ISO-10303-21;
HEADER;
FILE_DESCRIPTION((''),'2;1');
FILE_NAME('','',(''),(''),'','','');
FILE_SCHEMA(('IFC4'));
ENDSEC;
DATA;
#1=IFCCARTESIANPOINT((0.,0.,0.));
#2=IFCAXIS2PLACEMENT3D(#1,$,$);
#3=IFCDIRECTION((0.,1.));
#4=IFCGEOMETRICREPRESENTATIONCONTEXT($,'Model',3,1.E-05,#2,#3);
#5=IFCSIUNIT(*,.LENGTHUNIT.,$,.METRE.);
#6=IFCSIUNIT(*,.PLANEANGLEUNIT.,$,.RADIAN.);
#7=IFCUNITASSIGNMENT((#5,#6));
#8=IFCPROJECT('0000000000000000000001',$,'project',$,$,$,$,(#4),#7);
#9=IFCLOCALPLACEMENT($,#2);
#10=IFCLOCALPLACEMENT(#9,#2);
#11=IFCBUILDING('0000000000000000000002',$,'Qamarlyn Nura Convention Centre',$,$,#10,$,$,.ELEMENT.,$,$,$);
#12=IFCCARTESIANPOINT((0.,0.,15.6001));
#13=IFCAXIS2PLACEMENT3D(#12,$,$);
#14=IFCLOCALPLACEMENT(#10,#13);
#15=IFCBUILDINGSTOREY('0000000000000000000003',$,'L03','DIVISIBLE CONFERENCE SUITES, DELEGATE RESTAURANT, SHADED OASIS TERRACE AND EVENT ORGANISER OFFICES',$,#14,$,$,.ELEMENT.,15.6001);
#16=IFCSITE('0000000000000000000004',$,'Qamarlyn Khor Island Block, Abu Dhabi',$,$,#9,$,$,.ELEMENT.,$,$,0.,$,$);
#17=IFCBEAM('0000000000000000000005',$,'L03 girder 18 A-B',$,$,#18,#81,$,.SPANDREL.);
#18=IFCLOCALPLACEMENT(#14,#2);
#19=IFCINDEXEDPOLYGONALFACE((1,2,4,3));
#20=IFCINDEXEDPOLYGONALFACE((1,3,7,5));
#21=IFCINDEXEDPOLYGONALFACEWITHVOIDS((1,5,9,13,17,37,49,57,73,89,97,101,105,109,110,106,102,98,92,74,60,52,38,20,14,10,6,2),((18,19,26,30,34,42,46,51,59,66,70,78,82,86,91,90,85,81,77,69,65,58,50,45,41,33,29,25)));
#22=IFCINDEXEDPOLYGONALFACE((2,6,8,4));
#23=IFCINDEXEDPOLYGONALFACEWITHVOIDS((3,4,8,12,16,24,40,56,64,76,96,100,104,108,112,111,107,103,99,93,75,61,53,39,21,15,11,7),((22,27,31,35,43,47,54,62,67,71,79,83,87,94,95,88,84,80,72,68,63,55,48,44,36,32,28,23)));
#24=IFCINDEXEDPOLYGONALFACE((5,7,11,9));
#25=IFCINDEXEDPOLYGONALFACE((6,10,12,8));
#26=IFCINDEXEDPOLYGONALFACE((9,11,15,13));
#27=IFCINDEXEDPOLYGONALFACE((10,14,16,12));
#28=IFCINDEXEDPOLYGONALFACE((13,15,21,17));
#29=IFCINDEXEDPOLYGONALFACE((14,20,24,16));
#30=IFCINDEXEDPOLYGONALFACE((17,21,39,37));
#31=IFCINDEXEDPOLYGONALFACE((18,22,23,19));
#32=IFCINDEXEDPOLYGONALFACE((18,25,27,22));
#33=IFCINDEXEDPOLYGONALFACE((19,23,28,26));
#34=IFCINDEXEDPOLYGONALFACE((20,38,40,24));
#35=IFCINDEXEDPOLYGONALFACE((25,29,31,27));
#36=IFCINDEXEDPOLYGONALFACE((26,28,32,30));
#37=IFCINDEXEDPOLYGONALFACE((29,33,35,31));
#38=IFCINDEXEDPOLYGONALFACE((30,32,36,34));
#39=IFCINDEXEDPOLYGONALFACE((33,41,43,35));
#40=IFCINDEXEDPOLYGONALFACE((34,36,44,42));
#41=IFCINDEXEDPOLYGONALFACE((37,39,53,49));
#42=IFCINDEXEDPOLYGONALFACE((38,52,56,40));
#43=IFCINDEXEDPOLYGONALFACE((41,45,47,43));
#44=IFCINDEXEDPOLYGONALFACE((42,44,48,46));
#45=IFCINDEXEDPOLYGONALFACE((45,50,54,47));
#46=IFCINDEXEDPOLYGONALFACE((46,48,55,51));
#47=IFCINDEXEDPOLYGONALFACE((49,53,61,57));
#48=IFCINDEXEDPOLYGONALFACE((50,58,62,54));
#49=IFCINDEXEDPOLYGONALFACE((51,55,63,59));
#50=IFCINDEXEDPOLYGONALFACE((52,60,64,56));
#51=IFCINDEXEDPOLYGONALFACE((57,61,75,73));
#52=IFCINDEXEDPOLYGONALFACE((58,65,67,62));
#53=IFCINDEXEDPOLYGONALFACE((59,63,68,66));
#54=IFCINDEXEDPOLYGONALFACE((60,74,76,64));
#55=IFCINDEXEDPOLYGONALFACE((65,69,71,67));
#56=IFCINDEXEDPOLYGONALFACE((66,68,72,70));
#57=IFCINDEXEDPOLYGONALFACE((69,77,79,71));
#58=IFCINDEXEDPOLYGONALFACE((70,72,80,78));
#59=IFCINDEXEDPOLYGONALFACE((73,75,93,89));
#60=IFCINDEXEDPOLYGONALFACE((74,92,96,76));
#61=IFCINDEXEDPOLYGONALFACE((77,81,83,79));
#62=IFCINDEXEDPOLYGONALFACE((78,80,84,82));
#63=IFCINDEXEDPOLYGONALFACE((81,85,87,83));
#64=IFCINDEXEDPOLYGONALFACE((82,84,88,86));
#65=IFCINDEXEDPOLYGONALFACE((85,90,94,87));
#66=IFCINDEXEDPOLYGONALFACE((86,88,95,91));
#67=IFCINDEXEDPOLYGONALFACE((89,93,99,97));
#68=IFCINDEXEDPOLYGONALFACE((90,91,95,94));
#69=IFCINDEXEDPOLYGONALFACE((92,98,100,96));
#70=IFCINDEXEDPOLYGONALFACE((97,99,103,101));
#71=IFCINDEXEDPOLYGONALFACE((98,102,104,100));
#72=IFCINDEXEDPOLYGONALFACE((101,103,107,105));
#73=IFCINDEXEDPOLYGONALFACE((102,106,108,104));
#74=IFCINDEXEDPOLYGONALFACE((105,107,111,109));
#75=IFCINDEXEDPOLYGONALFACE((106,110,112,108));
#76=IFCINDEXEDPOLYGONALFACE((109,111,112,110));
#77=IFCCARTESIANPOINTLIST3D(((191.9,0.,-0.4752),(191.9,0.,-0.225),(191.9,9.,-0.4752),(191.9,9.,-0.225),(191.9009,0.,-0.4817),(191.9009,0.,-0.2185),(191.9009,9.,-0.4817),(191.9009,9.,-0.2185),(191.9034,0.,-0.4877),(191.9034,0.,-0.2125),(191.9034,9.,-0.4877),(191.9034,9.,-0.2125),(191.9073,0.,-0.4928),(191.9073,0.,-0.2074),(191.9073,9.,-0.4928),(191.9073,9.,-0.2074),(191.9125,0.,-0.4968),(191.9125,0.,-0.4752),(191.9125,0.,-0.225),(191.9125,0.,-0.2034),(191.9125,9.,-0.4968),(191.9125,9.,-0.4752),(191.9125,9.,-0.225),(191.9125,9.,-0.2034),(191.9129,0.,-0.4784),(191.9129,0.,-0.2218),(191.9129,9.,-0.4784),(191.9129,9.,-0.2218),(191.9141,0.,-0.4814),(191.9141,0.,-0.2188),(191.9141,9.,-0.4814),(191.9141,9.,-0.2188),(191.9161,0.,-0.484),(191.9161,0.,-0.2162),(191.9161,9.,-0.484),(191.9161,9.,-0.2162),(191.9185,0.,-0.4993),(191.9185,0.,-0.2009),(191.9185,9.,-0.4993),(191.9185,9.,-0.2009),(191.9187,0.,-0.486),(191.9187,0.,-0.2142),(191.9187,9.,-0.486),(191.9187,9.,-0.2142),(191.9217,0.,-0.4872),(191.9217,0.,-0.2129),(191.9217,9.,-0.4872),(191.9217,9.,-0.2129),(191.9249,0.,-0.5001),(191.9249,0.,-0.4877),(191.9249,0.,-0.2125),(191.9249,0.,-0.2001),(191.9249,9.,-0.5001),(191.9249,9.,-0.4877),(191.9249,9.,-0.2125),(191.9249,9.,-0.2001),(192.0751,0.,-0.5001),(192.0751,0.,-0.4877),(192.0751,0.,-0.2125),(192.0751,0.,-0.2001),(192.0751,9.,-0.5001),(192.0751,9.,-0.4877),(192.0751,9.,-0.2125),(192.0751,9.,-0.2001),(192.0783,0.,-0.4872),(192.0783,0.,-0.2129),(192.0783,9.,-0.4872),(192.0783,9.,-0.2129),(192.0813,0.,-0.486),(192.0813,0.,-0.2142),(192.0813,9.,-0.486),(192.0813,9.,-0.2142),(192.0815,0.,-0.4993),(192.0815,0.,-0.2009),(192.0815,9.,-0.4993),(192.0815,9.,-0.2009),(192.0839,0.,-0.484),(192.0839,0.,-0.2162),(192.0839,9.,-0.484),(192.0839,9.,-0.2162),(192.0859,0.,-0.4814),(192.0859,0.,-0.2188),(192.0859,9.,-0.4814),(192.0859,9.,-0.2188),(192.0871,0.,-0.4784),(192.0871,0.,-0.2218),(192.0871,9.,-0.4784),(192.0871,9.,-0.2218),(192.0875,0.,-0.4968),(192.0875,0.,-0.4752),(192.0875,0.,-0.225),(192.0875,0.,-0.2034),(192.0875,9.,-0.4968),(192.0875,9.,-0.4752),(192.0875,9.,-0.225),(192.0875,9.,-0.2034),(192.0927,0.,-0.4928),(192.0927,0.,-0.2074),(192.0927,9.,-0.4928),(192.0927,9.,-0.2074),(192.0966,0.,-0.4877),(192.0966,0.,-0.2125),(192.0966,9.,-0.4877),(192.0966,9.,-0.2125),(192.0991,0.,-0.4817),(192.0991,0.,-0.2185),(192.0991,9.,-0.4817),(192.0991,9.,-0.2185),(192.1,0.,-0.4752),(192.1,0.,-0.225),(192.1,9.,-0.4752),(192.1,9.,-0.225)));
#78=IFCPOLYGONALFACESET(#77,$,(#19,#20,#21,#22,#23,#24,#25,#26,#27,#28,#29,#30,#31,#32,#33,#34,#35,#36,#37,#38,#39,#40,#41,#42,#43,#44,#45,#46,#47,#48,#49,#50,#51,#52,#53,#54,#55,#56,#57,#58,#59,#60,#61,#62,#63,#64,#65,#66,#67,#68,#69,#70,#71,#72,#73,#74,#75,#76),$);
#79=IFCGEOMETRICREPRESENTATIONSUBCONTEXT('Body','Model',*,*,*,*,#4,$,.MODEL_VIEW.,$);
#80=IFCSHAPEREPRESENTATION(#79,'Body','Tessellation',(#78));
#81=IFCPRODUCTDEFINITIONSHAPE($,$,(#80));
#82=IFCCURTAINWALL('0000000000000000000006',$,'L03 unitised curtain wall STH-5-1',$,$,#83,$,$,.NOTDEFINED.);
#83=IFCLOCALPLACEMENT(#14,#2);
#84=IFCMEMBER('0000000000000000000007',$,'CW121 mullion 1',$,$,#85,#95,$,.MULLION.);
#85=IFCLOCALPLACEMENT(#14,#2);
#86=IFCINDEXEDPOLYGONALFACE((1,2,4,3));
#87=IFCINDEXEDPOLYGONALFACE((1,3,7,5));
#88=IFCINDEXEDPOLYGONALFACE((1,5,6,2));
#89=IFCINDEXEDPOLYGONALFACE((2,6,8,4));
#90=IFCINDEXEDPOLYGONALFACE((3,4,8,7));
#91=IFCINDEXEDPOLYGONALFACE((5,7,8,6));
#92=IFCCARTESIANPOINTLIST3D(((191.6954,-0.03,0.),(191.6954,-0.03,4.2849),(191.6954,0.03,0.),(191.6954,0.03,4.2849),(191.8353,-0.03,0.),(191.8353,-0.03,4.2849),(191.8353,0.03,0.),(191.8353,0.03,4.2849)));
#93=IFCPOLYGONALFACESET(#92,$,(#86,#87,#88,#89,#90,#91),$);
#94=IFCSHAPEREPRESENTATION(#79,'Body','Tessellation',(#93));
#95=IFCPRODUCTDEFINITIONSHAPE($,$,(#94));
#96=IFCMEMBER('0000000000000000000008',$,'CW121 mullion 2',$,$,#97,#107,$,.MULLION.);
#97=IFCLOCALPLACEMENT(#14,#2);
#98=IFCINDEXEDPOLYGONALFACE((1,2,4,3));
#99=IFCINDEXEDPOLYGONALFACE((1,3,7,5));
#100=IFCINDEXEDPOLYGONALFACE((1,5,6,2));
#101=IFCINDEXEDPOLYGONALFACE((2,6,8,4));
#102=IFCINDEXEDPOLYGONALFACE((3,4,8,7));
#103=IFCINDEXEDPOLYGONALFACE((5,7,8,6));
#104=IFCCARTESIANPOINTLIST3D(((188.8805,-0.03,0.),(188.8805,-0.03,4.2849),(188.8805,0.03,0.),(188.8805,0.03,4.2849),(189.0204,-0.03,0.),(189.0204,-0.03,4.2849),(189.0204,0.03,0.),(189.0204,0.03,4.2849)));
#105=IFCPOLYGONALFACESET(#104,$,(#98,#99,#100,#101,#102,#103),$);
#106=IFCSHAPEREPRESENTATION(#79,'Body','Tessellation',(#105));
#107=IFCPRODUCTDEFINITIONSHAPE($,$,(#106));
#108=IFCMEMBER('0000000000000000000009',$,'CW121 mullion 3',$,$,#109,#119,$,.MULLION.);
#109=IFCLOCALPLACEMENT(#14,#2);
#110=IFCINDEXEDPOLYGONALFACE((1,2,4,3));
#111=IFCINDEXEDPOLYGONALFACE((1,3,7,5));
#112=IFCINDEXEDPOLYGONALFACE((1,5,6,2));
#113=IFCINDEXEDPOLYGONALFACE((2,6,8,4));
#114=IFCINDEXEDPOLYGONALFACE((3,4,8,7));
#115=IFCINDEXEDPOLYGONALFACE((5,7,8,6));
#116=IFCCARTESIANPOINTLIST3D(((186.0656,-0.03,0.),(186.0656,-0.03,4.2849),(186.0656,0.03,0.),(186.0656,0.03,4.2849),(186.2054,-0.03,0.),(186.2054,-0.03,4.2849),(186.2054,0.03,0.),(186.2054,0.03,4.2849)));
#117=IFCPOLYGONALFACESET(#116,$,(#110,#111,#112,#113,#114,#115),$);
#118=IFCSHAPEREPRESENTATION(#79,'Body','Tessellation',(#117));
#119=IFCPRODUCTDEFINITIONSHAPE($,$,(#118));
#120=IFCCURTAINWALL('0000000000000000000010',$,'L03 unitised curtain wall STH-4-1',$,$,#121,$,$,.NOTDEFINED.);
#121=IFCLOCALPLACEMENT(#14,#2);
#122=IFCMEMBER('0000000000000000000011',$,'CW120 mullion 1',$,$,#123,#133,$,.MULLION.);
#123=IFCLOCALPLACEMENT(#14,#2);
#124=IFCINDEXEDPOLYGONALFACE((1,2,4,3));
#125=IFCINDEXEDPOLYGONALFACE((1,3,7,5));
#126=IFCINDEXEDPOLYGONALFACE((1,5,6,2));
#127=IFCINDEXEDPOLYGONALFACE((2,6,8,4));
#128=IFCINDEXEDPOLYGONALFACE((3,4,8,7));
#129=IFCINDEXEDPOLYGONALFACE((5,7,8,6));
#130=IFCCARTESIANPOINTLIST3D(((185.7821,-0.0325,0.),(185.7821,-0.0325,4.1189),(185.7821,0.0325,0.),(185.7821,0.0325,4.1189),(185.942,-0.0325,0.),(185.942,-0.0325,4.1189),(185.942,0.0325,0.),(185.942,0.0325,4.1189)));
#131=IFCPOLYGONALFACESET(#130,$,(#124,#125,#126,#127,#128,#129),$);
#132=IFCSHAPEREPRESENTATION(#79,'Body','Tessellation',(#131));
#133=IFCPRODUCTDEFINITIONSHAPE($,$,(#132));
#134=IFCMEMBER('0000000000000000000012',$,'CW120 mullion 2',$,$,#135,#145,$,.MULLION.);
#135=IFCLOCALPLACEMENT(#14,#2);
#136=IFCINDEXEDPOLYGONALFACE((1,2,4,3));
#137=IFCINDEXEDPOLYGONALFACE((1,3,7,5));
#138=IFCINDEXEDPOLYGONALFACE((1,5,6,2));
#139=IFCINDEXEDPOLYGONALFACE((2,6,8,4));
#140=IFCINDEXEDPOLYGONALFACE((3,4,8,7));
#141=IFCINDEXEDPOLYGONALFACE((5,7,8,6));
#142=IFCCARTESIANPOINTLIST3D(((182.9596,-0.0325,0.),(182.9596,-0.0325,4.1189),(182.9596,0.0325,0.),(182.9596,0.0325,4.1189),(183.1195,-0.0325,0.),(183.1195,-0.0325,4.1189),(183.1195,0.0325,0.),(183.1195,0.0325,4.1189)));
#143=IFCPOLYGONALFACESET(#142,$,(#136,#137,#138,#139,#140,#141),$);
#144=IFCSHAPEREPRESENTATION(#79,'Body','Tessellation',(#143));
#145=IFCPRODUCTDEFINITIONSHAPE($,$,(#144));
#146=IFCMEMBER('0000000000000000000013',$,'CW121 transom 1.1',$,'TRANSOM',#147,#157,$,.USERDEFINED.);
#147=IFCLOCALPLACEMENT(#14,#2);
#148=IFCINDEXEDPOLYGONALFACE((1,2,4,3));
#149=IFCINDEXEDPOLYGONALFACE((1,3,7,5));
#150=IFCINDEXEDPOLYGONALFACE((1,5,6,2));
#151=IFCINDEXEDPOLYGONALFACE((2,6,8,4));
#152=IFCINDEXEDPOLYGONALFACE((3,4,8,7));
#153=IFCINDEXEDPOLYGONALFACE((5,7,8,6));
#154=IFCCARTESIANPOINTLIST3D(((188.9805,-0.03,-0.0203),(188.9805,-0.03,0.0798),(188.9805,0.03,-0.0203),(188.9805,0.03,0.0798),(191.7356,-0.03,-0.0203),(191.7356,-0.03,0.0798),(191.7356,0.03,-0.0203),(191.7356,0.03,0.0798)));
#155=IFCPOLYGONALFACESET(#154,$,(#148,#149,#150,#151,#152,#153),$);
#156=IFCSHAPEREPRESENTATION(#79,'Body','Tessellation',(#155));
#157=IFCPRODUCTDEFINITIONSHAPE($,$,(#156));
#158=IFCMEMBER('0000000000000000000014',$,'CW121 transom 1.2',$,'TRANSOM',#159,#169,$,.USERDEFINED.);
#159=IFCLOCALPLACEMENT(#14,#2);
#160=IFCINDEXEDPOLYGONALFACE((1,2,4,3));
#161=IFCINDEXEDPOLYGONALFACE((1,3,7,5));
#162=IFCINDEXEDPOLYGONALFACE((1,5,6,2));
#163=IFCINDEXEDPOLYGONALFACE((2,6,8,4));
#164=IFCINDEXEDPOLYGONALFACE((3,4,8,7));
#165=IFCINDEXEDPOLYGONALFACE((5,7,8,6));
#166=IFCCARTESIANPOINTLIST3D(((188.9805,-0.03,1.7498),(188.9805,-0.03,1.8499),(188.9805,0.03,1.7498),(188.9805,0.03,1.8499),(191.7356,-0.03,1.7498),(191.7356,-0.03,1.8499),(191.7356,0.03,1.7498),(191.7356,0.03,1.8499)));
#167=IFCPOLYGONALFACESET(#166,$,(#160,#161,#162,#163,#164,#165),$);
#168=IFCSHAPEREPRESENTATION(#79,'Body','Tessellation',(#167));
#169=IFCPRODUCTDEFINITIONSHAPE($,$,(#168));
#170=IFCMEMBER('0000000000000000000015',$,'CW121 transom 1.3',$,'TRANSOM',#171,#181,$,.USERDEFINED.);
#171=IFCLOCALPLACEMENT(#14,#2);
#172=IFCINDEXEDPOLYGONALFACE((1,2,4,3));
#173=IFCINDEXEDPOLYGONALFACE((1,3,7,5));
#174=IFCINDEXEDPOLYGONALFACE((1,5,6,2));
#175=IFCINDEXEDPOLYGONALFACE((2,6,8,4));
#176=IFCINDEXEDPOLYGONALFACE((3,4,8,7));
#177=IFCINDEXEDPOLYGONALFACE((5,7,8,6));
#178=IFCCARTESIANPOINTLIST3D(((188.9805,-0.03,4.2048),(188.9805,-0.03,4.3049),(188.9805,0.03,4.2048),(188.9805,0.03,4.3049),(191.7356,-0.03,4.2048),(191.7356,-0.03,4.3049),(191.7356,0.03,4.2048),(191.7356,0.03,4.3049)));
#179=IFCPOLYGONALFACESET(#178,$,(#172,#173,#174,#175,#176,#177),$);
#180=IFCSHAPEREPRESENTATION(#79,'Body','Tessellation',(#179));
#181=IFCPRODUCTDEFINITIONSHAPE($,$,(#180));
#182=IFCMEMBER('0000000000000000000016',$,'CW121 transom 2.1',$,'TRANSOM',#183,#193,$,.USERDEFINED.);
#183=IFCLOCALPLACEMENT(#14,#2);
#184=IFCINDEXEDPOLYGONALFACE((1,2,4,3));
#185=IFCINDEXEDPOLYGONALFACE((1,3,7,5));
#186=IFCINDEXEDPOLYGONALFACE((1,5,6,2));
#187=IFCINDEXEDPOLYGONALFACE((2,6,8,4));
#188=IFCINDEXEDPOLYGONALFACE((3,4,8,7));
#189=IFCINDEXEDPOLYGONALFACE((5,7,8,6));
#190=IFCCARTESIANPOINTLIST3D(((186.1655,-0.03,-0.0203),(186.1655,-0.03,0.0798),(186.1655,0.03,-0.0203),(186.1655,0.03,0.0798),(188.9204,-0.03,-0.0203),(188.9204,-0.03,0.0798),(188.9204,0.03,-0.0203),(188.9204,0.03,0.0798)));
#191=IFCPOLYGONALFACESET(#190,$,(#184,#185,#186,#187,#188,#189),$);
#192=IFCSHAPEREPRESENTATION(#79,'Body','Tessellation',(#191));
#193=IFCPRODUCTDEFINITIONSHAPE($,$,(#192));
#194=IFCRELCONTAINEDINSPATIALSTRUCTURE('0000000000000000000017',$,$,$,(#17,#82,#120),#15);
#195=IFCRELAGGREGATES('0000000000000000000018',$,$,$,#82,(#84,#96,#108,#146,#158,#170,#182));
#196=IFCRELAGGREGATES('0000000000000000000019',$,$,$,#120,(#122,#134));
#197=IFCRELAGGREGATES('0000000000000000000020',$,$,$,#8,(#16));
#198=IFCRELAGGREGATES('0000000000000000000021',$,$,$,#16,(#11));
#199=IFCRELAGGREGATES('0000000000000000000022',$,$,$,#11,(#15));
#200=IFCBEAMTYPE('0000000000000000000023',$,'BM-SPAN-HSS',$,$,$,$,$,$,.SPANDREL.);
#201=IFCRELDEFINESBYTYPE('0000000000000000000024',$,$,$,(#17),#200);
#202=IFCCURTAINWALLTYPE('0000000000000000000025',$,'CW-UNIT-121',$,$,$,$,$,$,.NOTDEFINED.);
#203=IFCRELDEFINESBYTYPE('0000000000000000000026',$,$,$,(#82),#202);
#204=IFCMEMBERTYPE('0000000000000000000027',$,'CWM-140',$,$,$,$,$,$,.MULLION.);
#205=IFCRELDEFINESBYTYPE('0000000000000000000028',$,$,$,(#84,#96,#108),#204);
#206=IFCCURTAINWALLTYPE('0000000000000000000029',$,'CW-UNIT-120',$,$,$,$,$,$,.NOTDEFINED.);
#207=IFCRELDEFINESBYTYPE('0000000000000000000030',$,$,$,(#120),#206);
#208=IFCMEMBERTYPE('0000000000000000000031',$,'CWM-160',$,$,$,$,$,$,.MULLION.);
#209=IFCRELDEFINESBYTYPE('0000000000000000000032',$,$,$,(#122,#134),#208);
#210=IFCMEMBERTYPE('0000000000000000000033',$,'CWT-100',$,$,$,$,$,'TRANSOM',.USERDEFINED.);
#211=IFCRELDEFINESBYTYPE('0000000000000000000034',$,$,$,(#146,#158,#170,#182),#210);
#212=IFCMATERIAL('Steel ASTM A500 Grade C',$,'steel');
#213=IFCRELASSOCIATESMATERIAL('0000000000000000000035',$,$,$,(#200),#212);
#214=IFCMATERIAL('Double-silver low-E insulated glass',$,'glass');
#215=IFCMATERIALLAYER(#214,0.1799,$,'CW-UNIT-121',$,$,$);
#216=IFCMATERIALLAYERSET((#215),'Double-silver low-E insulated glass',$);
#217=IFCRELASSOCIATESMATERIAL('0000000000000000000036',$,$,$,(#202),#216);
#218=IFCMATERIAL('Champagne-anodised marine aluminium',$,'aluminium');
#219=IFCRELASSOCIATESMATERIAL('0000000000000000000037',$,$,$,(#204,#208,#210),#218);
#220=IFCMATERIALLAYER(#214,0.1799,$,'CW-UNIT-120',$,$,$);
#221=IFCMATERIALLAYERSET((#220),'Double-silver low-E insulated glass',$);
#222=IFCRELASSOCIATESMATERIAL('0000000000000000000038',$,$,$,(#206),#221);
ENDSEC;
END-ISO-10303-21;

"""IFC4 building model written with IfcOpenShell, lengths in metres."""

from ifc_helpers import new_model, si_unit, direction, frame, origin, origin_2d, place, context, subcontext, project, spatial, rectangle, hollow_rectangle, extrude, material, layer, layer_set, material_profile, profile_set, type_object, element, aggregate, save


model = new_model("IFC4")

# Units and contexts
model_context = context("Model", 3, precision=1e-05, world=origin(), true_north=direction((0.0, 1.0)))
body_context = subcontext(model_context, "Body", "Model", "MODEL_VIEW")
ifc_project = project(units=[si_unit("LENGTHUNIT", "METRE"), si_unit("PLANEANGLEUNIT", "RADIAN")], contexts=[model_context])

# Site, building, storey
site_placement = place(None, origin())
site = spatial("IfcSite", under=ifc_project, at=site_placement, Name="Qamarlyn Khor Island Block, Abu Dhabi", CompositionType="ELEMENT", RefElevation=0.0)
building_placement = place(site_placement, origin())
building = spatial("IfcBuilding", under=site, at=building_placement, Name="Qamarlyn Nura Convention Centre", CompositionType="ELEMENT")
storey_placement = place(building_placement, frame((0.0, 0.0, 15.6001)))
storey = spatial("IfcBuildingStorey", under=building, at=storey_placement, Name="L03", Description="DIVISIBLE CONFERENCE SUITES, DELEGATE RESTAURANT, SHADED OASIS TERRACE AND EVENT ORGANISER OFFICES", CompositionType="ELEMENT", Elevation=15.6001)

# Beam
ifc_material_1 = material(Name="Steel ASTM A500 Grade C", Category="steel")
ifc_material_profile_1 = material_profile(ifc_material_1, hollow_rectangle(XDim=0.2, YDim=0.3, WallThickness=0.0125, InnerFilletRadius=0.0125, OuterFilletRadius=0.0249, at=origin_2d()), Name="HSS300X200X12.5")
ifc_profile_set_1 = profile_set([ifc_material_profile_1], Name="Steel ASTM A500 Grade C")
beam_type_1 = type_object("IfcBeamType", Name="BM-SPAN-HSS", PredefinedType="SPANDREL", material=ifc_profile_set_1)
beam_1_placement = place(storey_placement, frame((192.0, 0.0, -0.3501), z_axis=(0.0, 1.0, 0.0), x_axis=(-1.0, 0.0, 0.0)))
element("IfcBeam", 1, at=beam_1_placement, inside=storey, type_object=beam_type_1, Name="L03 girder 18 A-B", PredefinedType="SPANDREL", context=body_context, shape_type="SweptSolid", body=[
    extrude(hollow_rectangle(XDim=0.2, YDim=0.3, WallThickness=0.0125, InnerFilletRadius=0.0125, OuterFilletRadius=0.0249, at=origin_2d()), origin(), (0.0, 0.0, 1.0), 9.0),
])

# Curtain walls, members
ifc_material_2 = material(Name="Double-silver low-E insulated glass", Category="glass")
ifc_layer_1 = layer(ifc_material_2, 0.1799, Name="CW-UNIT-121")
ifc_layer_set_1 = layer_set([ifc_layer_1], Name="Double-silver low-E insulated glass")
curtain_wall_type_1 = type_object("IfcCurtainWallType", Name="CW-UNIT-121", PredefinedType="NOTDEFINED", material=ifc_layer_set_1)
curtain_wall_1_placement = place(storey_placement, origin())
curtain_wall_1 = element("IfcCurtainWall", 2, at=curtain_wall_1_placement, inside=storey, type_object=curtain_wall_type_1, Name="L03 unitised curtain wall STH-5-1", PredefinedType="NOTDEFINED")
ifc_material_3 = material(Name="Champagne-anodised marine aluminium", Category="aluminium")
ifc_material_profile_2 = material_profile(ifc_material_3, rectangle(XDim=0.0601, YDim=0.1399, at=origin_2d()), Name="ALU MULLION 60x140")
ifc_profile_set_2 = profile_set([ifc_material_profile_2], Name="Champagne-anodised marine aluminium")
member_type_1 = type_object("IfcMemberType", Name="CWM-140", PredefinedType="MULLION", material=ifc_profile_set_2)
member_1_placement = place(storey_placement, frame((191.7654, 0.0, 0.0), z_axis=(0.0, 0.0, 1.0), x_axis=(0.0, -1.0, 0.0)))
member_1 = element("IfcMember", 3, at=member_1_placement, type_object=member_type_1, Name="CW121 mullion 1", PredefinedType="MULLION", context=body_context, shape_type="SweptSolid", body=[
    extrude(rectangle(XDim=0.0601, YDim=0.1399, at=origin_2d()), origin(), (0.0, 0.0, 1.0), 4.2849),
])
member_2_placement = place(storey_placement, frame((188.9504, 0.0, 0.0), z_axis=(0.0, 0.0, 1.0), x_axis=(0.0, -1.0, 0.0)))
member_2 = element("IfcMember", 4, at=member_2_placement, type_object=member_type_1, Name="CW121 mullion 2", PredefinedType="MULLION", context=body_context, shape_type="SweptSolid", body=[
    extrude(rectangle(XDim=0.0601, YDim=0.1399, at=origin_2d()), origin(), (0.0, 0.0, 1.0), 4.2849),
])
member_3_placement = place(storey_placement, frame((186.1355, 0.0, 0.0), z_axis=(0.0, 0.0, 1.0), x_axis=(0.0, -1.0, 0.0)))
member_3 = element("IfcMember", 5, at=member_3_placement, type_object=member_type_1, Name="CW121 mullion 3", PredefinedType="MULLION", context=body_context, shape_type="SweptSolid", body=[
    extrude(rectangle(XDim=0.0601, YDim=0.1399, at=origin_2d()), origin(), (0.0, 0.0, 1.0), 4.2849),
])
ifc_layer_2 = layer(ifc_material_2, 0.1799, Name="CW-UNIT-120")
ifc_layer_set_2 = layer_set([ifc_layer_2], Name="Double-silver low-E insulated glass")
curtain_wall_type_2 = type_object("IfcCurtainWallType", Name="CW-UNIT-120", PredefinedType="NOTDEFINED", material=ifc_layer_set_2)
curtain_wall_2_placement = place(storey_placement, origin())
curtain_wall_2 = element("IfcCurtainWall", 6, at=curtain_wall_2_placement, inside=storey, type_object=curtain_wall_type_2, Name="L03 unitised curtain wall STH-4-1", PredefinedType="NOTDEFINED")
ifc_material_profile_3 = material_profile(ifc_material_3, rectangle(XDim=0.0649, YDim=0.1599, at=origin_2d()), Name="ALU MULLION 65x160")
ifc_profile_set_3 = profile_set([ifc_material_profile_3], Name="Champagne-anodised marine aluminium")
member_type_2 = type_object("IfcMemberType", Name="CWM-160", PredefinedType="MULLION", material=ifc_profile_set_3)
member_4_placement = place(storey_placement, frame((185.8621, 0.0, 0.0), z_axis=(0.0, 0.0, 1.0), x_axis=(0.0, -1.0, 0.0)))
member_4 = element("IfcMember", 7, at=member_4_placement, type_object=member_type_2, Name="CW120 mullion 1", PredefinedType="MULLION", context=body_context, shape_type="SweptSolid", body=[
    extrude(rectangle(XDim=0.0649, YDim=0.1599, at=origin_2d()), origin(), (0.0, 0.0, 1.0), 4.1189),
])
member_5_placement = place(storey_placement, frame((183.0396, 0.0, 0.0), z_axis=(0.0, 0.0, 1.0), x_axis=(0.0, -1.0, 0.0)))
member_5 = element("IfcMember", 8, at=member_5_placement, type_object=member_type_2, Name="CW120 mullion 2", PredefinedType="MULLION", context=body_context, shape_type="SweptSolid", body=[
    extrude(rectangle(XDim=0.0649, YDim=0.1599, at=origin_2d()), origin(), (0.0, 0.0, 1.0), 4.1189),
])

# Members
ifc_material_profile_4 = material_profile(ifc_material_3, rectangle(XDim=0.0601, YDim=0.1001, at=origin_2d()), Name="ALU TRANSOM 60x100")
ifc_profile_set_4 = profile_set([ifc_material_profile_4], Name="Champagne-anodised marine aluminium")
member_type_3 = type_object("IfcMemberType", Name="CWT-100", ElementType="TRANSOM", PredefinedType="USERDEFINED", material=ifc_profile_set_4)
member_6_placement = place(storey_placement, frame((191.7356, 0.0, 0.0298), z_axis=(-1.0, 0.0, 0.0), x_axis=(0.0, -1.0, 0.0)))
member_6 = element("IfcMember", 9, at=member_6_placement, type_object=member_type_3, Name="CW121 transom 1.1", ObjectType="TRANSOM", PredefinedType="USERDEFINED", context=body_context, shape_type="SweptSolid", body=[
    extrude(rectangle(XDim=0.0601, YDim=0.1001, at=origin_2d()), origin(), (0.0, 0.0, 1.0), 2.7551),
])
member_7_placement = place(storey_placement, frame((191.7356, 0.0, 1.7998), z_axis=(-1.0, 0.0, 0.0), x_axis=(0.0, -1.0, 0.0)))
member_7 = element("IfcMember", 10, at=member_7_placement, type_object=member_type_3, Name="CW121 transom 1.2", ObjectType="TRANSOM", PredefinedType="USERDEFINED", context=body_context, shape_type="SweptSolid", body=[
    extrude(rectangle(XDim=0.0601, YDim=0.1001, at=origin_2d()), origin(), (0.0, 0.0, 1.0), 2.7551),
])
member_8_placement = place(storey_placement, frame((191.7356, 0.0, 4.2549), z_axis=(-1.0, 0.0, 0.0), x_axis=(0.0, -1.0, 0.0)))
member_8 = element("IfcMember", 11, at=member_8_placement, type_object=member_type_3, Name="CW121 transom 1.3", ObjectType="TRANSOM", PredefinedType="USERDEFINED", context=body_context, shape_type="SweptSolid", body=[
    extrude(rectangle(XDim=0.0601, YDim=0.1001, at=origin_2d()), origin(), (0.0, 0.0, 1.0), 2.7551),
])
member_9_placement = place(storey_placement, frame((188.9204, 0.0, 0.0298), z_axis=(-1.0, 0.0, 0.0), x_axis=(0.0, -1.0, 0.0)))
member_9 = element("IfcMember", 12, at=member_9_placement, type_object=member_type_3, Name="CW121 transom 2.1", ObjectType="TRANSOM", PredefinedType="USERDEFINED", context=body_context, shape_type="SweptSolid", body=[
    extrude(rectangle(XDim=0.0601, YDim=0.1001, at=origin_2d()), origin(), (0.0, 0.0, 1.0), 2.7549),
])

aggregate(curtain_wall_1, [member_1, member_2, member_3, member_6, member_7, member_8, member_9])
aggregate(curtain_wall_2, [member_4, member_5])

save(model, "model.ifc")
